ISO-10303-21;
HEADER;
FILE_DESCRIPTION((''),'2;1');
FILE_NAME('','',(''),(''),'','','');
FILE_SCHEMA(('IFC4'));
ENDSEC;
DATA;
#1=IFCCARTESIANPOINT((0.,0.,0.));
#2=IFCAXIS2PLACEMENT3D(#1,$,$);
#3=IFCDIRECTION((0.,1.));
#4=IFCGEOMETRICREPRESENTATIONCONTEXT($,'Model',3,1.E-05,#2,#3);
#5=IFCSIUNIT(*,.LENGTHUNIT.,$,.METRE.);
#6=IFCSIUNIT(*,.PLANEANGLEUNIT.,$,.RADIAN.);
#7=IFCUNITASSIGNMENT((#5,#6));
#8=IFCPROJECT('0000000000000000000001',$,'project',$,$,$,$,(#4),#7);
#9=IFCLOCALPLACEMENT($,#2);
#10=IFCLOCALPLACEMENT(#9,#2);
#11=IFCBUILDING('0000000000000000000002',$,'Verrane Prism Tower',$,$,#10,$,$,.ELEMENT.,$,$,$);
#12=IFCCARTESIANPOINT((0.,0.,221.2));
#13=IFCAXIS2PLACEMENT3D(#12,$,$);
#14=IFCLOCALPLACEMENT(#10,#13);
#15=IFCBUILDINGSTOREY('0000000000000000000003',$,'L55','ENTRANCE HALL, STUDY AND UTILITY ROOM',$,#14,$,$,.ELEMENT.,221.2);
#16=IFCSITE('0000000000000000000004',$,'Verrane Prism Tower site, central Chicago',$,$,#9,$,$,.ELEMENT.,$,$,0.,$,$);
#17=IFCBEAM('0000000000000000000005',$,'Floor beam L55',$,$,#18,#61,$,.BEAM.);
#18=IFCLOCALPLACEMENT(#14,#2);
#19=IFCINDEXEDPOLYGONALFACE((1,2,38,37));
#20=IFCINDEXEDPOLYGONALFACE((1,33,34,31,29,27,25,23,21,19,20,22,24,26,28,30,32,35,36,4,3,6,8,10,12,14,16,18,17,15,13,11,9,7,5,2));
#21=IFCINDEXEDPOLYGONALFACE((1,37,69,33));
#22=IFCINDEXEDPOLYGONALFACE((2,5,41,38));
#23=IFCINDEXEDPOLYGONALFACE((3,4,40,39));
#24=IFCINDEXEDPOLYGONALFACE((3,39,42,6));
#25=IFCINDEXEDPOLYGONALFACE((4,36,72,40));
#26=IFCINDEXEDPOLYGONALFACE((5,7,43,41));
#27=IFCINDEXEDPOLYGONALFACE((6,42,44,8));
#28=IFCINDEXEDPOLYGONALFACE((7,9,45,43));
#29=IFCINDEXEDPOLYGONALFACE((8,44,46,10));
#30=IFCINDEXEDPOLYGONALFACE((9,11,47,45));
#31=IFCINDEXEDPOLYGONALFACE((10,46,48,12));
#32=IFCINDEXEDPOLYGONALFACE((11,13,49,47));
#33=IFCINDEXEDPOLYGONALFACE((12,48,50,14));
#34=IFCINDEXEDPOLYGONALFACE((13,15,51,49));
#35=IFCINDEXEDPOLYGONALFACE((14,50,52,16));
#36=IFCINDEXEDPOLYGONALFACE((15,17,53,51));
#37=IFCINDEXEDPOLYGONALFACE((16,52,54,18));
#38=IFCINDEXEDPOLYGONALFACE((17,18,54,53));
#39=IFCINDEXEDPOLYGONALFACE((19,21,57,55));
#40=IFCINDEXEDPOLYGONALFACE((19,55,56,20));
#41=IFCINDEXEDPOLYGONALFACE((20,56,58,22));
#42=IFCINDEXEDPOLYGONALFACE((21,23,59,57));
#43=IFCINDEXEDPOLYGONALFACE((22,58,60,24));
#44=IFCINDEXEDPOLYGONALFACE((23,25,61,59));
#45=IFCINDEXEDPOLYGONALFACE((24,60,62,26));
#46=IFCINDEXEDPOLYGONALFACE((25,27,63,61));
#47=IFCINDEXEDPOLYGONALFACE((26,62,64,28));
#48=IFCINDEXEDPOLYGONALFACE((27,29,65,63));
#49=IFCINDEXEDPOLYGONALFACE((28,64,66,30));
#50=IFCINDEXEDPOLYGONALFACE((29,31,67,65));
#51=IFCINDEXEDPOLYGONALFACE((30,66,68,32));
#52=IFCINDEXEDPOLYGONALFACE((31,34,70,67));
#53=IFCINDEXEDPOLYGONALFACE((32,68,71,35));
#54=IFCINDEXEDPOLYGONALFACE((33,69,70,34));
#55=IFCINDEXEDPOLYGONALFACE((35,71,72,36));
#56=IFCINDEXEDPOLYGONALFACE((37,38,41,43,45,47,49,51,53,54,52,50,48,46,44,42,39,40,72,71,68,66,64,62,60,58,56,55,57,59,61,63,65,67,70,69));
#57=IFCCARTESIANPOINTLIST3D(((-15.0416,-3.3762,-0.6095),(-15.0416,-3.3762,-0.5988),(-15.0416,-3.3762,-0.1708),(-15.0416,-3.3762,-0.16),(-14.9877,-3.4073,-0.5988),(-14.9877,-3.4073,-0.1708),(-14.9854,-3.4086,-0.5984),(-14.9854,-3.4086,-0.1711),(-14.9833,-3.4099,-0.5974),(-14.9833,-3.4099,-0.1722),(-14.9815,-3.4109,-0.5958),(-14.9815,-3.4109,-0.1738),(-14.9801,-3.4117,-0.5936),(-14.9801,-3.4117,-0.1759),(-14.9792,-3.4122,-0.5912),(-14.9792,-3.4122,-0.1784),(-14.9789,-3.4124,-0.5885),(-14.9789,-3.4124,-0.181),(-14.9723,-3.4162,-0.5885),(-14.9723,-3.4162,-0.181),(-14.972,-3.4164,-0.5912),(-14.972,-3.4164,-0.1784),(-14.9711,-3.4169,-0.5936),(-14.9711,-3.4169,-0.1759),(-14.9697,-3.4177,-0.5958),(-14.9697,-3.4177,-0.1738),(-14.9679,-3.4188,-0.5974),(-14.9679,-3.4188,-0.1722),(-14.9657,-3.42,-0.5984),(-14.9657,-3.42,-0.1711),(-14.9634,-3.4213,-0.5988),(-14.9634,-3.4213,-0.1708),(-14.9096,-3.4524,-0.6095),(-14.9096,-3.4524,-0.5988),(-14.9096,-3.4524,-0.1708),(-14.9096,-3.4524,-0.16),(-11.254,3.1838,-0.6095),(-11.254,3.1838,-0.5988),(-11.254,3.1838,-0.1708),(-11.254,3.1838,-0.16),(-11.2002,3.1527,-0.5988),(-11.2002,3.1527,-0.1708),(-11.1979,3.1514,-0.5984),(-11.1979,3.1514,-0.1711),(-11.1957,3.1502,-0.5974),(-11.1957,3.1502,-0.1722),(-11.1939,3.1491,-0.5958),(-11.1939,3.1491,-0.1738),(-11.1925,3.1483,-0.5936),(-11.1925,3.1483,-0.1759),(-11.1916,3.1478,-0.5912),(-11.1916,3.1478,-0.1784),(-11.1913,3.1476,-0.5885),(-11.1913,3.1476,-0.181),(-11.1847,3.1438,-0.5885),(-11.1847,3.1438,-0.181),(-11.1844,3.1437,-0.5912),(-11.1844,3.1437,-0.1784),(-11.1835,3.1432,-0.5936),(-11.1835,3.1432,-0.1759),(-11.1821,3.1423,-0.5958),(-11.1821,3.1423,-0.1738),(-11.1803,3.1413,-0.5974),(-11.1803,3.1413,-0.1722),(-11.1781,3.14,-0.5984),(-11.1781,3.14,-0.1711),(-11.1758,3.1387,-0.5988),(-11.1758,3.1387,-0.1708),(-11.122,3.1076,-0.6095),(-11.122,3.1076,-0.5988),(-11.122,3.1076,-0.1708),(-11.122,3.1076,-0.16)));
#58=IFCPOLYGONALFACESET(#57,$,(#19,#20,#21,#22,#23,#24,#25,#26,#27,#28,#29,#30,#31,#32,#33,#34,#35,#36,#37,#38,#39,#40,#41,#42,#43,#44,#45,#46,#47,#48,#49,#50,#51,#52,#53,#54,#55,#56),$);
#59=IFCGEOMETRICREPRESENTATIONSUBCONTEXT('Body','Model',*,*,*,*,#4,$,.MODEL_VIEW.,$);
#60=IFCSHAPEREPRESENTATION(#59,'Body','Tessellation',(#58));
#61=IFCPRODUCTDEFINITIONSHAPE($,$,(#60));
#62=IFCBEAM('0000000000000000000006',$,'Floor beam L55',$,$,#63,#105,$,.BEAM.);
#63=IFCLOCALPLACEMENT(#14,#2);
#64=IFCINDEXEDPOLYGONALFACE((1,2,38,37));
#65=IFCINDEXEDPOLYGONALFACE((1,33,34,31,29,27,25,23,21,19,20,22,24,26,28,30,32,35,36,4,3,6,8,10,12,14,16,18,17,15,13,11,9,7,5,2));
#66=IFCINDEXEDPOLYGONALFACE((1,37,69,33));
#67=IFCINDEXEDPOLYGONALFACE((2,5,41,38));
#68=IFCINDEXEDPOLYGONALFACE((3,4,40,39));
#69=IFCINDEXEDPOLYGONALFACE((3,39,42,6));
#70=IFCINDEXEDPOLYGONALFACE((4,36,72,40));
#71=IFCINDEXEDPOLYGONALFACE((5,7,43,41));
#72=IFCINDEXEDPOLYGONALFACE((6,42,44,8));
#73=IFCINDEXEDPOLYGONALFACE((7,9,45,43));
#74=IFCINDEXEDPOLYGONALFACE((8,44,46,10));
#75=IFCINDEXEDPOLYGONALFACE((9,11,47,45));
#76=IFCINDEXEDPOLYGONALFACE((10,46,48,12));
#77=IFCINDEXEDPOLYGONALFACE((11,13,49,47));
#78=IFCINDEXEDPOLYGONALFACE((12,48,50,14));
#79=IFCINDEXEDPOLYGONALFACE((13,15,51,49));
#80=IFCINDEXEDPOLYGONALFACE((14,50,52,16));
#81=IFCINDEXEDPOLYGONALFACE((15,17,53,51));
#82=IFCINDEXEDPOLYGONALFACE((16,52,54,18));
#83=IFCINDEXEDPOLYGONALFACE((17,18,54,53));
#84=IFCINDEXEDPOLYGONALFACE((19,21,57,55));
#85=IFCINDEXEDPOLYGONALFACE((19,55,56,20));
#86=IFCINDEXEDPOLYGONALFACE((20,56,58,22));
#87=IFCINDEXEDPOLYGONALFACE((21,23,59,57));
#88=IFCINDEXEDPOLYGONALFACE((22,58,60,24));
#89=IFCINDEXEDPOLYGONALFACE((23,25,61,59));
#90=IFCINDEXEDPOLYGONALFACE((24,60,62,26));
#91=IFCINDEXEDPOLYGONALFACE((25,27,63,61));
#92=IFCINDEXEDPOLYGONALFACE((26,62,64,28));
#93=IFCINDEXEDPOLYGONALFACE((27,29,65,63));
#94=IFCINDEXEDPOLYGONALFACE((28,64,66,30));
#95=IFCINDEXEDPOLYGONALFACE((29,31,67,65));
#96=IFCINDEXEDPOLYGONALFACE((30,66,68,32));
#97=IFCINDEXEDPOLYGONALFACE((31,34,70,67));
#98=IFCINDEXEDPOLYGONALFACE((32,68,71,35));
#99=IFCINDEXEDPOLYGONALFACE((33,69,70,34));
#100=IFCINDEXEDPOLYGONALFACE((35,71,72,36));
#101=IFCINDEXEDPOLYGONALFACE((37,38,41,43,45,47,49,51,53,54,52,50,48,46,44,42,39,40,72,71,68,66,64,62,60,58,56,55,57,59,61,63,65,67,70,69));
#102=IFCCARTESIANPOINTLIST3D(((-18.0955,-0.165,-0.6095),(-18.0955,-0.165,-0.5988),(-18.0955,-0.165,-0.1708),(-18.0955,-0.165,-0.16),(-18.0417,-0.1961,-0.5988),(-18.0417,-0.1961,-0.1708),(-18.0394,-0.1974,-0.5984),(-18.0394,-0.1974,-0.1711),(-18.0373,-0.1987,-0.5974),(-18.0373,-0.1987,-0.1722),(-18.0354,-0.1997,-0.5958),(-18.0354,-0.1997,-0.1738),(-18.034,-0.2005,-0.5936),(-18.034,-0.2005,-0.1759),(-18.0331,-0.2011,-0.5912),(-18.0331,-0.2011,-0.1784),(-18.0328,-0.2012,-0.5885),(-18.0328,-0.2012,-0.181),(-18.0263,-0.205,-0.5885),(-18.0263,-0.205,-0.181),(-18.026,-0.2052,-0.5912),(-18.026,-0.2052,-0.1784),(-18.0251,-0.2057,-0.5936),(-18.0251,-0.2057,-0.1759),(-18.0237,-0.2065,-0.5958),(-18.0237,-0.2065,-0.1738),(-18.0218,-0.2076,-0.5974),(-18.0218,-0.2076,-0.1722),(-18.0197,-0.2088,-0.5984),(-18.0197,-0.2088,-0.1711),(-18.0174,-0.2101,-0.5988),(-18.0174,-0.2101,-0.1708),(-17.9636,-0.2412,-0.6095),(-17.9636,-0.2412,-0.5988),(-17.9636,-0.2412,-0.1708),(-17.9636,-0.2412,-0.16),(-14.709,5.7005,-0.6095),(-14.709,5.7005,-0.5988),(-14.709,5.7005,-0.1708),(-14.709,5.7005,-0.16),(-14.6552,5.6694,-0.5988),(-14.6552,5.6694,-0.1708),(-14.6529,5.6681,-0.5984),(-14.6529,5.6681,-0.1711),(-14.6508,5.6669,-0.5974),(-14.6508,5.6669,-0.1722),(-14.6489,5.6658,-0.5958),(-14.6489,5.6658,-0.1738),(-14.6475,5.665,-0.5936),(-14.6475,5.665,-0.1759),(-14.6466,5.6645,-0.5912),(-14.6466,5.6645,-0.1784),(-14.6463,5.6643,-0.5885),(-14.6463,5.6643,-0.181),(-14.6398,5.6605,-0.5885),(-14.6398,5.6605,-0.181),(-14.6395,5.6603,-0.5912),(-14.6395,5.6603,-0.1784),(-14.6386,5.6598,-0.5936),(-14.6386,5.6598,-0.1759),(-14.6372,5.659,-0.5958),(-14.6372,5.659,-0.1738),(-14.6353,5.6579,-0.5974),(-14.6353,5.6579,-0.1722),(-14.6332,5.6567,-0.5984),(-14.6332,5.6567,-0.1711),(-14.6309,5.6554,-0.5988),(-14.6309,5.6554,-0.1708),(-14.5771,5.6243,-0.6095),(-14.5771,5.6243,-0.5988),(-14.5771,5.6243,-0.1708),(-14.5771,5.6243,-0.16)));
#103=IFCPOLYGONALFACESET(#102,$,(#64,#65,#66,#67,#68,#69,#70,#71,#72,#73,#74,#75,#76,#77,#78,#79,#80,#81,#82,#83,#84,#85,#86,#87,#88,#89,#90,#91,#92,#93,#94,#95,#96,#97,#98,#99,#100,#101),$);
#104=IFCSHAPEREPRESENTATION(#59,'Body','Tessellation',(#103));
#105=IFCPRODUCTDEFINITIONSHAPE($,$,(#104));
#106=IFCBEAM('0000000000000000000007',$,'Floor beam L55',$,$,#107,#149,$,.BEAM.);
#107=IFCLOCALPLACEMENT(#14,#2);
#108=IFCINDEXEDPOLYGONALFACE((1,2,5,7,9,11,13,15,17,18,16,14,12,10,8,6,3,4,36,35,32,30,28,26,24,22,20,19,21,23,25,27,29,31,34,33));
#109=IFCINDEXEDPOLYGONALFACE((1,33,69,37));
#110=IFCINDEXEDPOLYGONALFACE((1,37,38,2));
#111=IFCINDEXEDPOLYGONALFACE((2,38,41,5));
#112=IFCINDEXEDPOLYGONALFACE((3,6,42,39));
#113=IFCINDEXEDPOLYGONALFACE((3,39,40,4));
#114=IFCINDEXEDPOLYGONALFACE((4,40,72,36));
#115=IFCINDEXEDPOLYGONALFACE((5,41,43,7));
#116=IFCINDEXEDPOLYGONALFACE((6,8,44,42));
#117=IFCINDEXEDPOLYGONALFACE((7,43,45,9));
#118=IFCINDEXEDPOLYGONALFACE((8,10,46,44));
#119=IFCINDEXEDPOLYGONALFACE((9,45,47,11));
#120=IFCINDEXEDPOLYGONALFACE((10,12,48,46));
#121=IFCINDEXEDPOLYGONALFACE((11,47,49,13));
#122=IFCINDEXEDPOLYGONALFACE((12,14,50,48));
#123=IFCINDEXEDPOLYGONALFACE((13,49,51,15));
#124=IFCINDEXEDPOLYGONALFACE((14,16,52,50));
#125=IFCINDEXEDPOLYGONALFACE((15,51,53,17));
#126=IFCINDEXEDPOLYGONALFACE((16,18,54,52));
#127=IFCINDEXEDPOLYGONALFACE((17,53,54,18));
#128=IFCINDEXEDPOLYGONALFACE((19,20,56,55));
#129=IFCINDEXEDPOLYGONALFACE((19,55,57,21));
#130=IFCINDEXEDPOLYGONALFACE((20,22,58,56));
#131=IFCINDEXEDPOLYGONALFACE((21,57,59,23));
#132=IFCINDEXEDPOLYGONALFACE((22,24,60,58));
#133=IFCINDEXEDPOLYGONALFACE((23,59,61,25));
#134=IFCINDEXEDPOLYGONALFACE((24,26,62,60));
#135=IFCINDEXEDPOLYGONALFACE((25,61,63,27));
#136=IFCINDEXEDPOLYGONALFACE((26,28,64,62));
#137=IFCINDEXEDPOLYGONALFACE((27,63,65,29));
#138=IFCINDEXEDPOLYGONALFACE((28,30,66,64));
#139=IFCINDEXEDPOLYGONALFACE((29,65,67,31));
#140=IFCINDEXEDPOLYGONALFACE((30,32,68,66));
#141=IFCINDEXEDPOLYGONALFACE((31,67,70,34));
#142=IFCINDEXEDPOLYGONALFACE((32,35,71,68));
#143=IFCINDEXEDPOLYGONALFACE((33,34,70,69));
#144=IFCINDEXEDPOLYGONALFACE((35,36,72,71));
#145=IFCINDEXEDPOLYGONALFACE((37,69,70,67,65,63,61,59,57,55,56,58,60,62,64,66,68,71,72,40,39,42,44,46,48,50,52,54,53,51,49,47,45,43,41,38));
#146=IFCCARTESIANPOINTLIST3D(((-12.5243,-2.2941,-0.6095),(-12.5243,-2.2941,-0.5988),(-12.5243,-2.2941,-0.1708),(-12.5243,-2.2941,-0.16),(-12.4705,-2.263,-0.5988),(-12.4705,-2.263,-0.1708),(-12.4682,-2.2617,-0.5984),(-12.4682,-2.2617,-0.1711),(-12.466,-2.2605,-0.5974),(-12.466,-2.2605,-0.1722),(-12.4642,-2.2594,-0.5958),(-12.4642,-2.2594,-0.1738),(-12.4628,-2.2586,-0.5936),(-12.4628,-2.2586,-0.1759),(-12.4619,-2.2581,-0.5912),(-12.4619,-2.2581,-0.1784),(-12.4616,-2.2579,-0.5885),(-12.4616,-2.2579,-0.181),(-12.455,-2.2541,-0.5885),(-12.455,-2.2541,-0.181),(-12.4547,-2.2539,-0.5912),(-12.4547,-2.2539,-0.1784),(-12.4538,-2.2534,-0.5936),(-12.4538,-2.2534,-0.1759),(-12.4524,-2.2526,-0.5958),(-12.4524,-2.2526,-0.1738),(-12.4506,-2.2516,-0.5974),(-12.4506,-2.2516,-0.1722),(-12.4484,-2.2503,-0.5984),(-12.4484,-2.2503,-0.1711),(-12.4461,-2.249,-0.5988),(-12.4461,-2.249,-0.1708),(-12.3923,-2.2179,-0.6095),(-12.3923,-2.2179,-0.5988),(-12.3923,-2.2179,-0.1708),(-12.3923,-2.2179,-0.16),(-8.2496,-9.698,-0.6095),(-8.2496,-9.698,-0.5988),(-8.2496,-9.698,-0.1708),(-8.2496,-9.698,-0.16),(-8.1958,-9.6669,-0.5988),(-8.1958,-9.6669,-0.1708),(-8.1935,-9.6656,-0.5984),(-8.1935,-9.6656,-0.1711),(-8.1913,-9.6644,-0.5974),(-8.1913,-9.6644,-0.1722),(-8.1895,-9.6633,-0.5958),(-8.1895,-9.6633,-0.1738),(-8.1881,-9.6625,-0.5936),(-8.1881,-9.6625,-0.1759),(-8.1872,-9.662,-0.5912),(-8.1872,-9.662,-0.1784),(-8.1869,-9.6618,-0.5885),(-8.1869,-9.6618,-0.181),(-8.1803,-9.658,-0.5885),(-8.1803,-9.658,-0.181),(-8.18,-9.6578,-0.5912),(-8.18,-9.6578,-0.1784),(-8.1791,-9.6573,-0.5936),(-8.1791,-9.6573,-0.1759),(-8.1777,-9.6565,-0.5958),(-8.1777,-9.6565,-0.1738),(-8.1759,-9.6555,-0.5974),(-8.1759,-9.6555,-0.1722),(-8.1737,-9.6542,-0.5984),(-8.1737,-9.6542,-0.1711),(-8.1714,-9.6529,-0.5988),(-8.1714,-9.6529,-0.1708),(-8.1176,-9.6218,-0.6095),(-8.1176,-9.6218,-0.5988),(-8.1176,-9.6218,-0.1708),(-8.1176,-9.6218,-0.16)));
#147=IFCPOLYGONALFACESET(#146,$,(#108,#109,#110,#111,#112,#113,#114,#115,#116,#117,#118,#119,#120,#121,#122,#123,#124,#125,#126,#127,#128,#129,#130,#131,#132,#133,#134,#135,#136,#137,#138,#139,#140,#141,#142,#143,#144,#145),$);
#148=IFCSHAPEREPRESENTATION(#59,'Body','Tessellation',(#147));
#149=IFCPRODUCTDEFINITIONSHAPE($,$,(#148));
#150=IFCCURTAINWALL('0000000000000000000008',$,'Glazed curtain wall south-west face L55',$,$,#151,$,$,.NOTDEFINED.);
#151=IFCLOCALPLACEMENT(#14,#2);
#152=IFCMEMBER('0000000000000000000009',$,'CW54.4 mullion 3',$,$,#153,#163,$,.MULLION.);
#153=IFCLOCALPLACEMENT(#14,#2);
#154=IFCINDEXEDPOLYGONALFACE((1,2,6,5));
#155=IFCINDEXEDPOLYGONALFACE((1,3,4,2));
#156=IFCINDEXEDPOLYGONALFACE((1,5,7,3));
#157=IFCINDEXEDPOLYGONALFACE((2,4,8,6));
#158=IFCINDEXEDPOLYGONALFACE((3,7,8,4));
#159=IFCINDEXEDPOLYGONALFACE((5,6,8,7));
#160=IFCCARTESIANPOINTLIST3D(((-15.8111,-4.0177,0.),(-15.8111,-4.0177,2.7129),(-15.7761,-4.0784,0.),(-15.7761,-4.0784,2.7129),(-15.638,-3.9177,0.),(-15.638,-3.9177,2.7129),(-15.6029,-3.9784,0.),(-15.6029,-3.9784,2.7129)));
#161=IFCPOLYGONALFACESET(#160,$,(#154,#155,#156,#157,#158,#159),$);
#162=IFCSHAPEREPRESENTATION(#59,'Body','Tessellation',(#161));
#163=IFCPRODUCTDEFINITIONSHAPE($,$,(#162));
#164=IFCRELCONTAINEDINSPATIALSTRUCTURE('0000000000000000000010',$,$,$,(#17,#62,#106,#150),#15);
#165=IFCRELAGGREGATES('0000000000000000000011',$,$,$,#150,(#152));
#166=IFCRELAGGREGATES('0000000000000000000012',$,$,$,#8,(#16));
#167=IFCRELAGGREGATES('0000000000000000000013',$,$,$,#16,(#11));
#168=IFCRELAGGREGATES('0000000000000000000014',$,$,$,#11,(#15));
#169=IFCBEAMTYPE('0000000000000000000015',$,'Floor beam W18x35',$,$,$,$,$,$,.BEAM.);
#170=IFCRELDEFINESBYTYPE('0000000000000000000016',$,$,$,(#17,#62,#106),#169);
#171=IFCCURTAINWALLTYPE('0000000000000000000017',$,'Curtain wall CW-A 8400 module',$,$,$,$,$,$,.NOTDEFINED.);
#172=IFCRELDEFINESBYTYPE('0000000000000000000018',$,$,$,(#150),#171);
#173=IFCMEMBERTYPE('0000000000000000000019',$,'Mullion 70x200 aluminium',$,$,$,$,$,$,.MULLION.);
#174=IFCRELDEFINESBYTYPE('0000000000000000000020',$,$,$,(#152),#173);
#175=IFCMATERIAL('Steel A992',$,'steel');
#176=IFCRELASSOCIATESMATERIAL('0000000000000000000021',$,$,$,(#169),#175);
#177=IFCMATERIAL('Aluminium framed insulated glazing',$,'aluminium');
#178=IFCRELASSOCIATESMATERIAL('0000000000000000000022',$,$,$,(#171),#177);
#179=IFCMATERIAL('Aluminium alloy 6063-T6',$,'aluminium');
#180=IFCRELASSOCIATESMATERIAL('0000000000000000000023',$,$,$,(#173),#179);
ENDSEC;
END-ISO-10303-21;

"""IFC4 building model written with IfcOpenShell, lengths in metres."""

from ifc_helpers import new_model, si_unit, direction, frame, origin, origin_2d, place, context, subcontext, project, spatial, rectangle, i_section, extrude, material, material_profile, profile_set, type_object, element, aggregate, save


model = new_model("IFC4")

# Units and contexts
model_context = context("Model", 3, precision=1e-05, world=origin(), true_north=direction((0.0, 1.0)))
body_context = subcontext(model_context, "Body", "Model", "MODEL_VIEW")
ifc_project = project(units=[si_unit("LENGTHUNIT", "METRE"), si_unit("PLANEANGLEUNIT", "RADIAN")], contexts=[model_context])

# Site, building, storey
site_placement = place(None, origin())
site = spatial("IfcSite", under=ifc_project, at=site_placement, Name="Verrane Prism Tower site, central Chicago", CompositionType="ELEMENT", RefElevation=0.0)
building_placement = place(site_placement, origin())
building = spatial("IfcBuilding", under=site, at=building_placement, Name="Verrane Prism Tower", CompositionType="ELEMENT")
storey_placement = place(building_placement, frame((0.0, 0.0, 221.2)))
storey = spatial("IfcBuildingStorey", under=building, at=storey_placement, Name="L55", Description="ENTRANCE HALL, STUDY AND UTILITY ROOM", CompositionType="ELEMENT", Elevation=221.2)

# Beams
ifc_material_1 = material(Name="Steel A992", Category="steel")
ifc_material_profile_1 = material_profile(ifc_material_1, i_section(OverallWidth=0.1523, OverallDepth=0.4495, WebThickness=0.0076, FlangeThickness=0.0107, FilletRadius=0.0103, at=origin_2d()), Name="W18x35")
ifc_profile_set_1 = profile_set([ifc_material_profile_1], Name="Steel A992")
beam_type_1 = type_object("IfcBeamType", Name="Floor beam W18x35", PredefinedType="BEAM", material=ifc_profile_set_1)
beam_1_placement = place(storey_placement, frame((-14.9756, -3.4143, -0.3848), z_axis=(0.500014, 0.866017, 0.0), x_axis=(-0.866017, 0.500014, 0.0)))
element("IfcBeam", 1, at=beam_1_placement, inside=storey, type_object=beam_type_1, Name="Floor beam L55", PredefinedType="BEAM", context=body_context, shape_type="SweptSolid", body=[
    extrude(i_section(OverallWidth=0.1523, OverallDepth=0.4495, WebThickness=0.0076, FlangeThickness=0.0107, FilletRadius=0.0103, at=origin_2d()), origin(), (0.0, 0.0, 1.0), 7.575),
])
beam_2_placement = place(storey_placement, frame((-18.0295, -0.2031, -0.3848), z_axis=(0.500004, 0.866023, 0.0), x_axis=(-0.866023, 0.500004, 0.0)))
element("IfcBeam", 2, at=beam_2_placement, inside=storey, type_object=beam_type_1, Name="Floor beam L55", PredefinedType="BEAM", context=body_context, shape_type="SweptSolid", body=[
    extrude(i_section(OverallWidth=0.1523, OverallDepth=0.4495, WebThickness=0.0076, FlangeThickness=0.0107, FilletRadius=0.0103, at=origin_2d()), origin(), (0.0, 0.0, 1.0), 6.7729),
])
beam_3_placement = place(storey_placement, frame((-8.1836, -9.6599, -0.3848), z_axis=(-0.500006, 0.866022, 0.0), x_axis=(-0.866022, -0.500006, 0.0)))
element("IfcBeam", 3, at=beam_3_placement, inside=storey, type_object=beam_type_1, Name="Floor beam L55", PredefinedType="BEAM", context=body_context, shape_type="SweptSolid", body=[
    extrude(i_section(OverallWidth=0.1523, OverallDepth=0.4495, WebThickness=0.0076, FlangeThickness=0.0107, FilletRadius=0.0103, at=origin_2d()), origin(), (0.0, 0.0, 1.0), 8.5493),
])

# Curtain wall, member
ifc_material_2 = material(Name="Aluminium framed insulated glazing", Category="aluminium")
curtain_wall_type = type_object("IfcCurtainWallType", Name="Curtain wall CW-A 8400 module", PredefinedType="NOTDEFINED", material=ifc_material_2)
curtain_wall_placement = place(storey_placement, origin())
curtain_wall = element("IfcCurtainWall", 4, at=curtain_wall_placement, inside=storey, type_object=curtain_wall_type, Name="Glazed curtain wall south-west face L55", PredefinedType="NOTDEFINED")
ifc_material_3 = material(Name="Aluminium alloy 6063-T6", Category="aluminium")
ifc_material_profile_2 = material_profile(ifc_material_3, rectangle(XDim=0.2, YDim=0.0701, at=origin_2d()), Name="Mullion 70x200 aluminium")
ifc_profile_set_2 = profile_set([ifc_material_profile_2], Name="Aluminium alloy 6063-T6")
member_type_1 = type_object("IfcMemberType", Name="Mullion 70x200 aluminium", PredefinedType="MULLION", material=ifc_profile_set_2)
member_1_placement = place(storey_placement, frame((-15.707, -3.998, 0.0), z_axis=(0.0, 0.0, 1.0), x_axis=(0.866025, 0.500001, 0.0)))
member_1 = element("IfcMember", 5, at=member_1_placement, type_object=member_type_1, Name="CW54.4 mullion 3", PredefinedType="MULLION", context=body_context, shape_type="SweptSolid", body=[
    extrude(rectangle(XDim=0.2, YDim=0.0701, at=origin_2d()), origin(), (0.0, 0.0, 1.0), 2.7129),
])

aggregate(curtain_wall, [member_1])

save(model, "model.ifc")
